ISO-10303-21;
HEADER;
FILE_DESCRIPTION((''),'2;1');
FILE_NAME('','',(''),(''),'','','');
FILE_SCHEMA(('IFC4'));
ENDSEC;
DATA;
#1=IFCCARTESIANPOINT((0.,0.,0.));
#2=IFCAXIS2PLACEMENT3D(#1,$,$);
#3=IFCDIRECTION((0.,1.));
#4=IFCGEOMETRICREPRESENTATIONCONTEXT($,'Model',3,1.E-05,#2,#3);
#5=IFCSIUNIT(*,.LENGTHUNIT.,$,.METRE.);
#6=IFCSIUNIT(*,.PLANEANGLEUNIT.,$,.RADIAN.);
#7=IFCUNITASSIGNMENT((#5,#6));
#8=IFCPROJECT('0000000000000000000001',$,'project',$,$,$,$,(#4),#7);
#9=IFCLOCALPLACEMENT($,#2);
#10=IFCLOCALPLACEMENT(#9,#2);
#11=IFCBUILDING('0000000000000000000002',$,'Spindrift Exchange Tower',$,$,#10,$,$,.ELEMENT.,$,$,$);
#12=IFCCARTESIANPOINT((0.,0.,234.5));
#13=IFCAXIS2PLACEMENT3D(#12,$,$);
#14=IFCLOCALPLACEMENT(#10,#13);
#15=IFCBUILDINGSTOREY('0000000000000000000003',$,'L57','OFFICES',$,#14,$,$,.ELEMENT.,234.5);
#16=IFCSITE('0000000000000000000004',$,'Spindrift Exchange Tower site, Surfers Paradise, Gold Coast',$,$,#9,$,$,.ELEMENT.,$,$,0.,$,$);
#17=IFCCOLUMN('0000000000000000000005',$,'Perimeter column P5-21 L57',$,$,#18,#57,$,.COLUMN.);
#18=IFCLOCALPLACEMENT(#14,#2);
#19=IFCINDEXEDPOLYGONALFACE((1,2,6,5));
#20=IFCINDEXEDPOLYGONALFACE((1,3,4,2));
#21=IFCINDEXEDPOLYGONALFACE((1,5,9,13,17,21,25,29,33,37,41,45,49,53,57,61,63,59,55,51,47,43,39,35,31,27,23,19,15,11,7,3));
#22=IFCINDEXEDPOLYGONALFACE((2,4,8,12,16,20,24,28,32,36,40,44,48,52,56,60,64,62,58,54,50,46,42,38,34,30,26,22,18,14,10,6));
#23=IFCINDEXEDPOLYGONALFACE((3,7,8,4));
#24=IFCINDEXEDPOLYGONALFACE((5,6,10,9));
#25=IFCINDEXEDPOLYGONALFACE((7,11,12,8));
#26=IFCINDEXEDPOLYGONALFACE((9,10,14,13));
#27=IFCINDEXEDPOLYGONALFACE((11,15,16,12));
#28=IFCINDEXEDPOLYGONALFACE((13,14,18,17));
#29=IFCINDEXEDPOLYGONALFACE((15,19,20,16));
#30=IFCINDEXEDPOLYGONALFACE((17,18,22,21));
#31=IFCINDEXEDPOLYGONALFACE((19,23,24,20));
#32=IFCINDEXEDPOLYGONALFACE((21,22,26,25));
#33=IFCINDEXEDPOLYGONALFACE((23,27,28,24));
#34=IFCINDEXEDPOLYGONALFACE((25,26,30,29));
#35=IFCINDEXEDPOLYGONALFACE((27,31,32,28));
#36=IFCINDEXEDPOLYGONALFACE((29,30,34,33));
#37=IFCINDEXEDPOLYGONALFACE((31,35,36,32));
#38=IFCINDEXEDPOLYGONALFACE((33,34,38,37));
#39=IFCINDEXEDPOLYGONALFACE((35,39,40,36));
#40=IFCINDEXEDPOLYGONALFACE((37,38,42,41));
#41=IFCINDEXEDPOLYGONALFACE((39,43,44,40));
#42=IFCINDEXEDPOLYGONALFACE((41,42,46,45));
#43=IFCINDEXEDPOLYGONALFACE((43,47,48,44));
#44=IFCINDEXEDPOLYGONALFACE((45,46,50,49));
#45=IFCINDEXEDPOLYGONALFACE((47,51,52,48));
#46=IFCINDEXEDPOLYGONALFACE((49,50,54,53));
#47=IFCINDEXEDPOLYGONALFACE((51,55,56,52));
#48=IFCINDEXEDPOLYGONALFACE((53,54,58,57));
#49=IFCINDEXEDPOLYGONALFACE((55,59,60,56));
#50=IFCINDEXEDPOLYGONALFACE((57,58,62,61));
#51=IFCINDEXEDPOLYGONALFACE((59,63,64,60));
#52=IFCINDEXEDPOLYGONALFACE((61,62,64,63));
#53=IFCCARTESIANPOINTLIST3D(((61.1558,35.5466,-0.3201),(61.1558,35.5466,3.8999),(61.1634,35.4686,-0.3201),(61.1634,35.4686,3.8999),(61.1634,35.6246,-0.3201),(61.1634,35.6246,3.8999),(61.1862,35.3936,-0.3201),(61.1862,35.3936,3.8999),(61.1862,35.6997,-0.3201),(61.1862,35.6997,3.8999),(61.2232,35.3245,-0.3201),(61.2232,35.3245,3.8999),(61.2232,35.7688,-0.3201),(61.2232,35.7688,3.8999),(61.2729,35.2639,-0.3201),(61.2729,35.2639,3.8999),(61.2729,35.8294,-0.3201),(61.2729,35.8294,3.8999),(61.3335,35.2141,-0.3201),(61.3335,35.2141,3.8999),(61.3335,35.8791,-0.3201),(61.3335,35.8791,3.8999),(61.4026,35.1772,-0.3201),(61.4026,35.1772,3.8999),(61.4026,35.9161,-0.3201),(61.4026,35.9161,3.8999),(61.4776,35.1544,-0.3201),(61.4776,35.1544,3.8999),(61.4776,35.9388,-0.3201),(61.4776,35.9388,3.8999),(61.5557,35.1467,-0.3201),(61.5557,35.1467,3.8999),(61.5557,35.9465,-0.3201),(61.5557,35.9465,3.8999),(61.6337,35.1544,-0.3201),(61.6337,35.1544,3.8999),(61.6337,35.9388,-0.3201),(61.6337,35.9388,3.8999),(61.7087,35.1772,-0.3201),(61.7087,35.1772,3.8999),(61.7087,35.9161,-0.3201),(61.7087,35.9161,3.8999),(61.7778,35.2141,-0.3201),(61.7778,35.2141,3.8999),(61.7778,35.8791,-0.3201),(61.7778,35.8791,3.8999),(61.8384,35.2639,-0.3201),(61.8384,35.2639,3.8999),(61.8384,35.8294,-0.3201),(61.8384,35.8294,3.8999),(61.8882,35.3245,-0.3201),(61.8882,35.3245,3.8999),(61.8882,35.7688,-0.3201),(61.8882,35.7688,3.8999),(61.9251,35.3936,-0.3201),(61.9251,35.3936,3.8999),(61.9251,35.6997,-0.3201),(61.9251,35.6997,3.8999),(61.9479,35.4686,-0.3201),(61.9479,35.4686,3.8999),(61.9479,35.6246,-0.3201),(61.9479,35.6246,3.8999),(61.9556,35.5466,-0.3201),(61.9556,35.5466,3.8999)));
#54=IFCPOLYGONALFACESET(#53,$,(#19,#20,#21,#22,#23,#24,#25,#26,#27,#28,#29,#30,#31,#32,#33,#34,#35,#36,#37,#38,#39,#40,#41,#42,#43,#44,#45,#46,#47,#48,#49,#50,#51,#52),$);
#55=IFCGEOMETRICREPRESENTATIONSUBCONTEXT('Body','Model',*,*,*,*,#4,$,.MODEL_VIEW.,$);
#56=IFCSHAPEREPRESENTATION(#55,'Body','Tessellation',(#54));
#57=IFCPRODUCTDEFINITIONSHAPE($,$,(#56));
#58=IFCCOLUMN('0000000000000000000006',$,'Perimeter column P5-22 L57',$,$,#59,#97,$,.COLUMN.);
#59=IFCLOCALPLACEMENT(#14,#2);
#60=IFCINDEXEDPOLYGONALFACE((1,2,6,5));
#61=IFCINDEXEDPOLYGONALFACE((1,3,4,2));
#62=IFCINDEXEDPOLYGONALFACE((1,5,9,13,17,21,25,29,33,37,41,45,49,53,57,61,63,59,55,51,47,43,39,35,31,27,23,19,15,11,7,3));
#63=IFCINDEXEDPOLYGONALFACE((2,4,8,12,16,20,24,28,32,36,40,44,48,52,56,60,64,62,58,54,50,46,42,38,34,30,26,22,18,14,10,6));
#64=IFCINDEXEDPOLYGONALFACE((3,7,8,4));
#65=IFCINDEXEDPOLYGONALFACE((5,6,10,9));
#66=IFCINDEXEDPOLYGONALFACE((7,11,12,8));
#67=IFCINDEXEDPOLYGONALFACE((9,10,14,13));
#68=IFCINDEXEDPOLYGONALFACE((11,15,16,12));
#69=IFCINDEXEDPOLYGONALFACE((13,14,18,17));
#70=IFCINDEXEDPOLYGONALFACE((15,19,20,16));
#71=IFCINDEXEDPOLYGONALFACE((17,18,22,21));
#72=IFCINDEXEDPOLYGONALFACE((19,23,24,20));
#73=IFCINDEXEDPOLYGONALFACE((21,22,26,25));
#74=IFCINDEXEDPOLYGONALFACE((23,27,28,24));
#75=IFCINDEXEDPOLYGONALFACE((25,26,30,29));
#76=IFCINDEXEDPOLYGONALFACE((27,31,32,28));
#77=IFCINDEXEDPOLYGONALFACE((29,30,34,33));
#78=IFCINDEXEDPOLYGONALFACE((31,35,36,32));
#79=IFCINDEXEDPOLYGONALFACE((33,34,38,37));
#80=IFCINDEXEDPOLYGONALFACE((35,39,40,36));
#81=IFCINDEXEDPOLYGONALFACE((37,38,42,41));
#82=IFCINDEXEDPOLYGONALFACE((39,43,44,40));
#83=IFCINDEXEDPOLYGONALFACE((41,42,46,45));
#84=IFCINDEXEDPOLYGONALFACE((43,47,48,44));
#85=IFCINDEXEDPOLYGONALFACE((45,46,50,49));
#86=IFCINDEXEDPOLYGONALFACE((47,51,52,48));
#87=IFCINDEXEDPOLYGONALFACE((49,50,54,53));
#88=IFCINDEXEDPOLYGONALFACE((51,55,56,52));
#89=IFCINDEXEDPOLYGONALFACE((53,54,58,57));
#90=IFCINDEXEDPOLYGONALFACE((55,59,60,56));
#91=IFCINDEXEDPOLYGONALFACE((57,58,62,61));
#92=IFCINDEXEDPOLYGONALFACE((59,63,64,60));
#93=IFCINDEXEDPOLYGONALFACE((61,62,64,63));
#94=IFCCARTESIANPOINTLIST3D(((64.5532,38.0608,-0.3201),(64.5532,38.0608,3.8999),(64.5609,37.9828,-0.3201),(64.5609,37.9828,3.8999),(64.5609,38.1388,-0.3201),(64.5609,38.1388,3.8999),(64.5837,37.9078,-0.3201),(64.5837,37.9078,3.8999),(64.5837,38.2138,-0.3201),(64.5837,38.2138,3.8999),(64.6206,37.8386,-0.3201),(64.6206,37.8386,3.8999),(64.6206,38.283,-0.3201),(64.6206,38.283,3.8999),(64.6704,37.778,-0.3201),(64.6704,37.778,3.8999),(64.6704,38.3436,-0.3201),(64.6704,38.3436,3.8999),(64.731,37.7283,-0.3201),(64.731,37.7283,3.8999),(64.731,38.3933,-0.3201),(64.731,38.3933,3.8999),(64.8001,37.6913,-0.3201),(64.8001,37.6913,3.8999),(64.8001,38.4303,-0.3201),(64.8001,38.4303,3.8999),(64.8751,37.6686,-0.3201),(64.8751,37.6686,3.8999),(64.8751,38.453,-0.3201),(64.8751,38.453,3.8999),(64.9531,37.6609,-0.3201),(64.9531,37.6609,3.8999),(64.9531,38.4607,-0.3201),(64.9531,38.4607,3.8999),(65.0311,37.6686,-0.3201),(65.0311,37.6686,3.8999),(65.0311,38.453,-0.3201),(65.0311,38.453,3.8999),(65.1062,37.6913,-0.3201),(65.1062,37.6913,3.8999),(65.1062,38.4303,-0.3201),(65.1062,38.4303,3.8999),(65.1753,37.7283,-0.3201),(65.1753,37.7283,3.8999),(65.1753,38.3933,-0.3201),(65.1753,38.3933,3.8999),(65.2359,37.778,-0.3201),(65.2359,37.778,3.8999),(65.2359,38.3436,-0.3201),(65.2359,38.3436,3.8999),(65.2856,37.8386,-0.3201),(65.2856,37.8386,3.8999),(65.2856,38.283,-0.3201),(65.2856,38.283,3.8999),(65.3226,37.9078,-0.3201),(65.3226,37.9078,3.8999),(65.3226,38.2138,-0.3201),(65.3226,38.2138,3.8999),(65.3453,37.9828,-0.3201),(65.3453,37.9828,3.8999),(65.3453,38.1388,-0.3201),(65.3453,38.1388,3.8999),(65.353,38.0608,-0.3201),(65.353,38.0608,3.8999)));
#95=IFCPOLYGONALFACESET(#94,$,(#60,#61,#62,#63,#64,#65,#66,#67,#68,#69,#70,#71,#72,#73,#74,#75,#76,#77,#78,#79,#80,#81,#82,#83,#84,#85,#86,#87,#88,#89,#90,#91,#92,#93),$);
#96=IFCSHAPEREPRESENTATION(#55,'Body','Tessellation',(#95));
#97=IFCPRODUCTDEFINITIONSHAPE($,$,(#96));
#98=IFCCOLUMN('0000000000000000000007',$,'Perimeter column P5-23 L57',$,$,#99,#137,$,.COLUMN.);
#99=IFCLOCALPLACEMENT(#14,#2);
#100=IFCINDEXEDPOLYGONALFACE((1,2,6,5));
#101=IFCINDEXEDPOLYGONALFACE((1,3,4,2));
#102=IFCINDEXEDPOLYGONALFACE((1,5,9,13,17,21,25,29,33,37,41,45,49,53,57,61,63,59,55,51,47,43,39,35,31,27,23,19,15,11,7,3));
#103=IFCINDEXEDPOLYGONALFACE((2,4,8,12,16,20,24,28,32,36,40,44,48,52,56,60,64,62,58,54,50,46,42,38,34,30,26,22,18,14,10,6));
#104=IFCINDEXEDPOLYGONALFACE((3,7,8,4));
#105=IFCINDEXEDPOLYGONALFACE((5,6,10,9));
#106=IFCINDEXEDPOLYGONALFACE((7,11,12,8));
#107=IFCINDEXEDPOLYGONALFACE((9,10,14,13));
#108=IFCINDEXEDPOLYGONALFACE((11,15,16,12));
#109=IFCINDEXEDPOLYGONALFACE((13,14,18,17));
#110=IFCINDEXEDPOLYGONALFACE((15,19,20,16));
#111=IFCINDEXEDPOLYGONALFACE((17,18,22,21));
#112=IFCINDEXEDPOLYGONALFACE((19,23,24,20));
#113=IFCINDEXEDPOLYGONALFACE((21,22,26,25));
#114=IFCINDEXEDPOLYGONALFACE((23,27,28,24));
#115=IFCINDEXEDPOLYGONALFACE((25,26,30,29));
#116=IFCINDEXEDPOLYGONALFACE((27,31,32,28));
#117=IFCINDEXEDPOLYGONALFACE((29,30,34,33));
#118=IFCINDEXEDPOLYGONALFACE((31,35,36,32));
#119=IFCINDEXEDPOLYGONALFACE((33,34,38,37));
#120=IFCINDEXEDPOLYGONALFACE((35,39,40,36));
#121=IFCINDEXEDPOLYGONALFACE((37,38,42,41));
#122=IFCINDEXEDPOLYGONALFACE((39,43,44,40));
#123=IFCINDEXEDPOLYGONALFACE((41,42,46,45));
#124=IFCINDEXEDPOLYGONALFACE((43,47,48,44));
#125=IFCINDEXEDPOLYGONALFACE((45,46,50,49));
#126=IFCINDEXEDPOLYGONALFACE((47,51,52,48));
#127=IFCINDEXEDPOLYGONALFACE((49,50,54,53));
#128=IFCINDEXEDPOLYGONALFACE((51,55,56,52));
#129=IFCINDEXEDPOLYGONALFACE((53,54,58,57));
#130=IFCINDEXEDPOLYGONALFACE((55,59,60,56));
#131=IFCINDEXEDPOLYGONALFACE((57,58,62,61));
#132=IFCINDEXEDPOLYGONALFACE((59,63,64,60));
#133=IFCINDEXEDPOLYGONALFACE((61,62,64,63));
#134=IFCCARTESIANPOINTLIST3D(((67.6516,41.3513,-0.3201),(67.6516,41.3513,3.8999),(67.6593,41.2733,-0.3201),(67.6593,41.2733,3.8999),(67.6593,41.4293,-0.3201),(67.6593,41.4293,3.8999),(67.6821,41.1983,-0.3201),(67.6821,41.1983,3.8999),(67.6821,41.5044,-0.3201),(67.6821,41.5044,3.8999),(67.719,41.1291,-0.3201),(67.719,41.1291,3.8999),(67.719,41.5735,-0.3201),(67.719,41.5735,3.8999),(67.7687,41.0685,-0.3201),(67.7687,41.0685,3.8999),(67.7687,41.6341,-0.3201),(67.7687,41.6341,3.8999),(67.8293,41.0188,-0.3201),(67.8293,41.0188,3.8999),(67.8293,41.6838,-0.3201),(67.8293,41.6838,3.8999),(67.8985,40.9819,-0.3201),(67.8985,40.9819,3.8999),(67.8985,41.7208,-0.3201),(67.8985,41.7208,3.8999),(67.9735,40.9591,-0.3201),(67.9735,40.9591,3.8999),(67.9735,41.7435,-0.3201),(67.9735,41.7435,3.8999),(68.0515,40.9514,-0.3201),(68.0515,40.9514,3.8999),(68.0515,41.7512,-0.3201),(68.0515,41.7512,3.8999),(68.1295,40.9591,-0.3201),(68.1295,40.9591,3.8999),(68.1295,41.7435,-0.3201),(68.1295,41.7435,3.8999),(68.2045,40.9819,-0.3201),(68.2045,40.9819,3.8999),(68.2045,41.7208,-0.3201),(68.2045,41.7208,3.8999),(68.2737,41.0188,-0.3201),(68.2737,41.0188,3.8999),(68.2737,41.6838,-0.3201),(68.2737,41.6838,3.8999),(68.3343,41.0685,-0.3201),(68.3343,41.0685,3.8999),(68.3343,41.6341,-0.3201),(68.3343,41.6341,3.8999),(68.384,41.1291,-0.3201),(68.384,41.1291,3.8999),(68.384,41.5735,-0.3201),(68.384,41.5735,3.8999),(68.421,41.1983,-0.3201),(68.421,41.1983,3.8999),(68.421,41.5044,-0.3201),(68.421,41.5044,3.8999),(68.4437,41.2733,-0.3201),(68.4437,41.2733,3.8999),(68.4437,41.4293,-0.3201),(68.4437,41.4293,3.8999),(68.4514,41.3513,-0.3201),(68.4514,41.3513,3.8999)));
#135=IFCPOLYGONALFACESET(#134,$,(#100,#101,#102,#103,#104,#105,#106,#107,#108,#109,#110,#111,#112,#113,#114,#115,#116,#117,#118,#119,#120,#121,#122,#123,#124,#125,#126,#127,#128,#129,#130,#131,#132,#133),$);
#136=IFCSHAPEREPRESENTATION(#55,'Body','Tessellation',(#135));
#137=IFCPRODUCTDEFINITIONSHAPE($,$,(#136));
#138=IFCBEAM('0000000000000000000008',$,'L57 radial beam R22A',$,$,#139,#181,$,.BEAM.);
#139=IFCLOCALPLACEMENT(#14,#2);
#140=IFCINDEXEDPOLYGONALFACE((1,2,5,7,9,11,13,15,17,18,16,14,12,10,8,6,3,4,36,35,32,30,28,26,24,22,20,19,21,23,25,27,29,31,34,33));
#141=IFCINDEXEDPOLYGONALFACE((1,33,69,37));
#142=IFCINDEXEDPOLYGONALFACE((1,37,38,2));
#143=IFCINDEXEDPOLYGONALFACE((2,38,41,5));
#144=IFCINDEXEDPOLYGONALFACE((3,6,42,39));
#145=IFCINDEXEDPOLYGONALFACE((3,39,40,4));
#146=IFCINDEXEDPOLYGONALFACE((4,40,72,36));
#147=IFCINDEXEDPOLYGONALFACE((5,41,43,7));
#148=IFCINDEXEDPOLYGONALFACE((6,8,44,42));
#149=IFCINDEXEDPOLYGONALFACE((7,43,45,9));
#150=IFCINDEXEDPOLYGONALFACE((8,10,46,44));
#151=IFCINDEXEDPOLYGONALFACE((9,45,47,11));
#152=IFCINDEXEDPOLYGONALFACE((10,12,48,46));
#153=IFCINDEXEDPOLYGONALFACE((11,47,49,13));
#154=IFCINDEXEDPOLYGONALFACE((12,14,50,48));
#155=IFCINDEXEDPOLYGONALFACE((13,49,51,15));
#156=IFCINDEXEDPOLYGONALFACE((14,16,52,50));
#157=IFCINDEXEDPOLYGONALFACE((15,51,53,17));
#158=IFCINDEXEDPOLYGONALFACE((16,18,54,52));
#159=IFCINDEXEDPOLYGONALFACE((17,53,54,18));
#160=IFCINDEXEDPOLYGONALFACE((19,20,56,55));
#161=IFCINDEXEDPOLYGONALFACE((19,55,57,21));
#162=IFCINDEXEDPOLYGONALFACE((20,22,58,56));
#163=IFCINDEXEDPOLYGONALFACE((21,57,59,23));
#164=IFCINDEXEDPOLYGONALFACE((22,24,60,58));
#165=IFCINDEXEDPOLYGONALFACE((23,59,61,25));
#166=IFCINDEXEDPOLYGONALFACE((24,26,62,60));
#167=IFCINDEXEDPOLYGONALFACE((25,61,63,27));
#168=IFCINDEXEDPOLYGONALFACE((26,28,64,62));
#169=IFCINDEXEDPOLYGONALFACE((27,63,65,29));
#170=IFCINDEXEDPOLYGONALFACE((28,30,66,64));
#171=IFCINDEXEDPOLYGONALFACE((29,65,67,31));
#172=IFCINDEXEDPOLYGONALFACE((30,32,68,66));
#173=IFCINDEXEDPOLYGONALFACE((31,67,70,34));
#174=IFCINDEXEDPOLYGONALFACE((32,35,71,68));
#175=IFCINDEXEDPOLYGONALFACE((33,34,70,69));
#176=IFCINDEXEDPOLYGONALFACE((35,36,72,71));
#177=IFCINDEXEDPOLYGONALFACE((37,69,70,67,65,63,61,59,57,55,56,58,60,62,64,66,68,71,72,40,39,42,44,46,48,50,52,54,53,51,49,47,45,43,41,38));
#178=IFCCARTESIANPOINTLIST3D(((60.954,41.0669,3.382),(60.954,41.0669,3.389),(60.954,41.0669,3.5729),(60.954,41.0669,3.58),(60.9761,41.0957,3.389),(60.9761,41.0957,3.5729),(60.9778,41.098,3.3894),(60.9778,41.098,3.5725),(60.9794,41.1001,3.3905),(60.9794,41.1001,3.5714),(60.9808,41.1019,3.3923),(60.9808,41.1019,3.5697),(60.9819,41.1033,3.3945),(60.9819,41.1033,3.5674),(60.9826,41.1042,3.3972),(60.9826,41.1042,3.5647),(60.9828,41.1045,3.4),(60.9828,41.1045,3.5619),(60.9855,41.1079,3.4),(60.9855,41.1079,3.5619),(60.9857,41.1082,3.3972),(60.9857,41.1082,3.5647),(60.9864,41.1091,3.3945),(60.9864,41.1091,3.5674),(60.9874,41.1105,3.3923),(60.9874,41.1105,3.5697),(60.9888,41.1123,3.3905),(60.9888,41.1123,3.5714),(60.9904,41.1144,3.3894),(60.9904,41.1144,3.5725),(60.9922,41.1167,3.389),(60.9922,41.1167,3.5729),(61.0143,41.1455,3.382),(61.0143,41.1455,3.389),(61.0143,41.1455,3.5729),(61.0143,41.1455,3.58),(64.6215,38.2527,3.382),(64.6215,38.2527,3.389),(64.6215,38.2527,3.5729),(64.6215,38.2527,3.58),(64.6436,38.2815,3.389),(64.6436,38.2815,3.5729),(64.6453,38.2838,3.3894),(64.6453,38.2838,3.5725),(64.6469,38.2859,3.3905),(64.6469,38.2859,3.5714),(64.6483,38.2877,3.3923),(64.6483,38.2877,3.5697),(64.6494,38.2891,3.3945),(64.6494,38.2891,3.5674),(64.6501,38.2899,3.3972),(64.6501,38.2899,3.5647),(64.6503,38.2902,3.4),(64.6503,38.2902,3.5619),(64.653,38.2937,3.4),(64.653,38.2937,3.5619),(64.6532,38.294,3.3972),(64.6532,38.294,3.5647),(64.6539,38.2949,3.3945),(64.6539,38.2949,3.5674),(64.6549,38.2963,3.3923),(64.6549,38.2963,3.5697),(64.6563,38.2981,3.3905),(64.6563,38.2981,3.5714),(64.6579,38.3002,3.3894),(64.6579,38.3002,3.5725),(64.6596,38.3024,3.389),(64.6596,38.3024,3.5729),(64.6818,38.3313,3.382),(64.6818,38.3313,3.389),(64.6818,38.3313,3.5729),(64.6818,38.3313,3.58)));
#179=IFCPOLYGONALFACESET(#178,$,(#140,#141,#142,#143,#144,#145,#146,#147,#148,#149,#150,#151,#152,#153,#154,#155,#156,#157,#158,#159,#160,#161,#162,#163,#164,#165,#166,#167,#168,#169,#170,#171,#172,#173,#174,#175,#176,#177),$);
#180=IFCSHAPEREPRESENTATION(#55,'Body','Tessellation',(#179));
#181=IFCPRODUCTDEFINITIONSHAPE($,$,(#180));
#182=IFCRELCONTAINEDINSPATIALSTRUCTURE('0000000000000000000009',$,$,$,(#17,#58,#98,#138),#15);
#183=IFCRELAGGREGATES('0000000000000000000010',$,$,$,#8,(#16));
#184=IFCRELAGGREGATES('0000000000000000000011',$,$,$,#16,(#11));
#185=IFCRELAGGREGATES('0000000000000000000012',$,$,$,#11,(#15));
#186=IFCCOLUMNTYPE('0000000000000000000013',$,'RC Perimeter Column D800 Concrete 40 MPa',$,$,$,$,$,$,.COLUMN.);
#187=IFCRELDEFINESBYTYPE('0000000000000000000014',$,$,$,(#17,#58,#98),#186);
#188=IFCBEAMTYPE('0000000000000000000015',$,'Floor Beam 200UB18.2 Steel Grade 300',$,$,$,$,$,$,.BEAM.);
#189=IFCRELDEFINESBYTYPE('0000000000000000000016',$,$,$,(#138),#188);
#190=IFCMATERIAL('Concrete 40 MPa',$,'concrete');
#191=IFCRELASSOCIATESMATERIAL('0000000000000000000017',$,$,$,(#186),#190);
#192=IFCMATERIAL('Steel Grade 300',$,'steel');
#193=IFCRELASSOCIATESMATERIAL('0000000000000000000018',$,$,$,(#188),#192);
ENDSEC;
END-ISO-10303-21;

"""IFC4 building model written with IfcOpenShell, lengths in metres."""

from ifc_helpers import new_model, si_unit, direction, frame, origin, origin_2d, place, context, subcontext, project, spatial, circle, i_section, extrude, source, transform, mapped, material, material_profile, profile_set, type_object, element, save


model = new_model("IFC4")

# Units and contexts
model_context = context("Model", 3, precision=1e-05, world=origin(), true_north=direction((0.0, 1.0)))
body_context = subcontext(model_context, "Body", "Model", "MODEL_VIEW")
ifc_project = project(units=[si_unit("LENGTHUNIT", "METRE"), si_unit("PLANEANGLEUNIT", "RADIAN")], contexts=[model_context])

# Site, building, storey
site_placement = place(None, origin())
site = spatial("IfcSite", under=ifc_project, at=site_placement, Name="Spindrift Exchange Tower site, Surfers Paradise, Gold Coast", CompositionType="ELEMENT", RefElevation=0.0)
building_placement = place(site_placement, origin())
building = spatial("IfcBuilding", under=site, at=building_placement, Name="Spindrift Exchange Tower", CompositionType="ELEMENT")
storey_placement = place(building_placement, frame((0.0, 0.0, 234.5)))
storey = spatial("IfcBuildingStorey", under=building, at=storey_placement, Name="L57", Description="OFFICES", CompositionType="ELEMENT", Elevation=234.5)

# Columns
ifc_material_1 = material(Name="Concrete 40 MPa", Category="concrete")
ifc_material_profile_1 = material_profile(ifc_material_1, circle(Radius=0.3999, at=origin_2d()), Name="RC D800")
ifc_profile_set_1 = profile_set([ifc_material_profile_1], Name="Concrete 40 MPa")
column_type = type_object("IfcColumnType", Name="RC Perimeter Column D800 Concrete 40 MPa", PredefinedType="COLUMN", material=ifc_profile_set_1)
shared_shape_1 = source(origin(), body_context, "Body", "SweptSolid", [
    extrude(circle(Radius=0.3999, at=origin_2d()), origin(), (0.0, 0.0, 1.0), 4.22),
])
for number, where, z_axis, x_axis, name in (
    (1, (61.5557, 35.5466, -0.3201), (0.0, 0.0, 1.0), (1.0, 0.0, 0.0), "Perimeter column P5-21 L57"),
    (2, (64.9531, 38.0608, -0.3201), (0.0, 0.0, 1.0), (1.0, 0.0, 0.0), "Perimeter column P5-22 L57"),
    (3, (68.0515, 41.3513, -0.3201), (0.0, 0.0, 1.0), (1.0, 0.0, 0.0), "Perimeter column P5-23 L57"),
):
    element("IfcColumn", number, at=place(storey_placement, frame(where, z_axis=z_axis, x_axis=x_axis)), inside=storey, type_object=column_type, Name=name, PredefinedType="COLUMN", context=body_context, shape_type="MappedRepresentation", body=[
        mapped(shared_shape_1, transform((0.0, 0.0, 0.0), scale=1.0)),
    ])

# Beam
ifc_material_2 = material(Name="Steel Grade 300", Category="steel")
ifc_material_profile_2 = material_profile(ifc_material_2, i_section(OverallWidth=0.0991, OverallDepth=0.198, WebThickness=0.0044, FlangeThickness=0.0071, FilletRadius=0.011, at=origin_2d()), Name="200UB18.2")
ifc_profile_set_2 = profile_set([ifc_material_profile_2], Name="Steel Grade 300")
beam_type_1 = type_object("IfcBeamType", Name="Floor Beam 200UB18.2 Steel Grade 300", PredefinedType="BEAM", material=ifc_profile_set_2)
shared_shape_2 = source(origin(), body_context, "Body", "SweptSolid", [
    extrude(i_section(OverallWidth=0.0991, OverallDepth=0.198, WebThickness=0.0044, FlangeThickness=0.0071, FilletRadius=0.011, at=origin_2d()), origin(), (0.0, 0.0, 1.0), 4.6228),
])
beam_1_placement = place(storey_placement, frame((60.9841, 41.1062, 3.481), z_axis=(0.793348, -0.608769, 0.0), x_axis=(0.608769, 0.793348, 0.0)))
element("IfcBeam", 4, at=beam_1_placement, inside=storey, type_object=beam_type_1, Name="L57 radial beam R22A", PredefinedType="BEAM", context=body_context, shape_type="MappedRepresentation", body=[
    mapped(shared_shape_2, transform((0.0, 0.0, 0.0), scale=1.0)),
])

save(model, "model.ifc")
